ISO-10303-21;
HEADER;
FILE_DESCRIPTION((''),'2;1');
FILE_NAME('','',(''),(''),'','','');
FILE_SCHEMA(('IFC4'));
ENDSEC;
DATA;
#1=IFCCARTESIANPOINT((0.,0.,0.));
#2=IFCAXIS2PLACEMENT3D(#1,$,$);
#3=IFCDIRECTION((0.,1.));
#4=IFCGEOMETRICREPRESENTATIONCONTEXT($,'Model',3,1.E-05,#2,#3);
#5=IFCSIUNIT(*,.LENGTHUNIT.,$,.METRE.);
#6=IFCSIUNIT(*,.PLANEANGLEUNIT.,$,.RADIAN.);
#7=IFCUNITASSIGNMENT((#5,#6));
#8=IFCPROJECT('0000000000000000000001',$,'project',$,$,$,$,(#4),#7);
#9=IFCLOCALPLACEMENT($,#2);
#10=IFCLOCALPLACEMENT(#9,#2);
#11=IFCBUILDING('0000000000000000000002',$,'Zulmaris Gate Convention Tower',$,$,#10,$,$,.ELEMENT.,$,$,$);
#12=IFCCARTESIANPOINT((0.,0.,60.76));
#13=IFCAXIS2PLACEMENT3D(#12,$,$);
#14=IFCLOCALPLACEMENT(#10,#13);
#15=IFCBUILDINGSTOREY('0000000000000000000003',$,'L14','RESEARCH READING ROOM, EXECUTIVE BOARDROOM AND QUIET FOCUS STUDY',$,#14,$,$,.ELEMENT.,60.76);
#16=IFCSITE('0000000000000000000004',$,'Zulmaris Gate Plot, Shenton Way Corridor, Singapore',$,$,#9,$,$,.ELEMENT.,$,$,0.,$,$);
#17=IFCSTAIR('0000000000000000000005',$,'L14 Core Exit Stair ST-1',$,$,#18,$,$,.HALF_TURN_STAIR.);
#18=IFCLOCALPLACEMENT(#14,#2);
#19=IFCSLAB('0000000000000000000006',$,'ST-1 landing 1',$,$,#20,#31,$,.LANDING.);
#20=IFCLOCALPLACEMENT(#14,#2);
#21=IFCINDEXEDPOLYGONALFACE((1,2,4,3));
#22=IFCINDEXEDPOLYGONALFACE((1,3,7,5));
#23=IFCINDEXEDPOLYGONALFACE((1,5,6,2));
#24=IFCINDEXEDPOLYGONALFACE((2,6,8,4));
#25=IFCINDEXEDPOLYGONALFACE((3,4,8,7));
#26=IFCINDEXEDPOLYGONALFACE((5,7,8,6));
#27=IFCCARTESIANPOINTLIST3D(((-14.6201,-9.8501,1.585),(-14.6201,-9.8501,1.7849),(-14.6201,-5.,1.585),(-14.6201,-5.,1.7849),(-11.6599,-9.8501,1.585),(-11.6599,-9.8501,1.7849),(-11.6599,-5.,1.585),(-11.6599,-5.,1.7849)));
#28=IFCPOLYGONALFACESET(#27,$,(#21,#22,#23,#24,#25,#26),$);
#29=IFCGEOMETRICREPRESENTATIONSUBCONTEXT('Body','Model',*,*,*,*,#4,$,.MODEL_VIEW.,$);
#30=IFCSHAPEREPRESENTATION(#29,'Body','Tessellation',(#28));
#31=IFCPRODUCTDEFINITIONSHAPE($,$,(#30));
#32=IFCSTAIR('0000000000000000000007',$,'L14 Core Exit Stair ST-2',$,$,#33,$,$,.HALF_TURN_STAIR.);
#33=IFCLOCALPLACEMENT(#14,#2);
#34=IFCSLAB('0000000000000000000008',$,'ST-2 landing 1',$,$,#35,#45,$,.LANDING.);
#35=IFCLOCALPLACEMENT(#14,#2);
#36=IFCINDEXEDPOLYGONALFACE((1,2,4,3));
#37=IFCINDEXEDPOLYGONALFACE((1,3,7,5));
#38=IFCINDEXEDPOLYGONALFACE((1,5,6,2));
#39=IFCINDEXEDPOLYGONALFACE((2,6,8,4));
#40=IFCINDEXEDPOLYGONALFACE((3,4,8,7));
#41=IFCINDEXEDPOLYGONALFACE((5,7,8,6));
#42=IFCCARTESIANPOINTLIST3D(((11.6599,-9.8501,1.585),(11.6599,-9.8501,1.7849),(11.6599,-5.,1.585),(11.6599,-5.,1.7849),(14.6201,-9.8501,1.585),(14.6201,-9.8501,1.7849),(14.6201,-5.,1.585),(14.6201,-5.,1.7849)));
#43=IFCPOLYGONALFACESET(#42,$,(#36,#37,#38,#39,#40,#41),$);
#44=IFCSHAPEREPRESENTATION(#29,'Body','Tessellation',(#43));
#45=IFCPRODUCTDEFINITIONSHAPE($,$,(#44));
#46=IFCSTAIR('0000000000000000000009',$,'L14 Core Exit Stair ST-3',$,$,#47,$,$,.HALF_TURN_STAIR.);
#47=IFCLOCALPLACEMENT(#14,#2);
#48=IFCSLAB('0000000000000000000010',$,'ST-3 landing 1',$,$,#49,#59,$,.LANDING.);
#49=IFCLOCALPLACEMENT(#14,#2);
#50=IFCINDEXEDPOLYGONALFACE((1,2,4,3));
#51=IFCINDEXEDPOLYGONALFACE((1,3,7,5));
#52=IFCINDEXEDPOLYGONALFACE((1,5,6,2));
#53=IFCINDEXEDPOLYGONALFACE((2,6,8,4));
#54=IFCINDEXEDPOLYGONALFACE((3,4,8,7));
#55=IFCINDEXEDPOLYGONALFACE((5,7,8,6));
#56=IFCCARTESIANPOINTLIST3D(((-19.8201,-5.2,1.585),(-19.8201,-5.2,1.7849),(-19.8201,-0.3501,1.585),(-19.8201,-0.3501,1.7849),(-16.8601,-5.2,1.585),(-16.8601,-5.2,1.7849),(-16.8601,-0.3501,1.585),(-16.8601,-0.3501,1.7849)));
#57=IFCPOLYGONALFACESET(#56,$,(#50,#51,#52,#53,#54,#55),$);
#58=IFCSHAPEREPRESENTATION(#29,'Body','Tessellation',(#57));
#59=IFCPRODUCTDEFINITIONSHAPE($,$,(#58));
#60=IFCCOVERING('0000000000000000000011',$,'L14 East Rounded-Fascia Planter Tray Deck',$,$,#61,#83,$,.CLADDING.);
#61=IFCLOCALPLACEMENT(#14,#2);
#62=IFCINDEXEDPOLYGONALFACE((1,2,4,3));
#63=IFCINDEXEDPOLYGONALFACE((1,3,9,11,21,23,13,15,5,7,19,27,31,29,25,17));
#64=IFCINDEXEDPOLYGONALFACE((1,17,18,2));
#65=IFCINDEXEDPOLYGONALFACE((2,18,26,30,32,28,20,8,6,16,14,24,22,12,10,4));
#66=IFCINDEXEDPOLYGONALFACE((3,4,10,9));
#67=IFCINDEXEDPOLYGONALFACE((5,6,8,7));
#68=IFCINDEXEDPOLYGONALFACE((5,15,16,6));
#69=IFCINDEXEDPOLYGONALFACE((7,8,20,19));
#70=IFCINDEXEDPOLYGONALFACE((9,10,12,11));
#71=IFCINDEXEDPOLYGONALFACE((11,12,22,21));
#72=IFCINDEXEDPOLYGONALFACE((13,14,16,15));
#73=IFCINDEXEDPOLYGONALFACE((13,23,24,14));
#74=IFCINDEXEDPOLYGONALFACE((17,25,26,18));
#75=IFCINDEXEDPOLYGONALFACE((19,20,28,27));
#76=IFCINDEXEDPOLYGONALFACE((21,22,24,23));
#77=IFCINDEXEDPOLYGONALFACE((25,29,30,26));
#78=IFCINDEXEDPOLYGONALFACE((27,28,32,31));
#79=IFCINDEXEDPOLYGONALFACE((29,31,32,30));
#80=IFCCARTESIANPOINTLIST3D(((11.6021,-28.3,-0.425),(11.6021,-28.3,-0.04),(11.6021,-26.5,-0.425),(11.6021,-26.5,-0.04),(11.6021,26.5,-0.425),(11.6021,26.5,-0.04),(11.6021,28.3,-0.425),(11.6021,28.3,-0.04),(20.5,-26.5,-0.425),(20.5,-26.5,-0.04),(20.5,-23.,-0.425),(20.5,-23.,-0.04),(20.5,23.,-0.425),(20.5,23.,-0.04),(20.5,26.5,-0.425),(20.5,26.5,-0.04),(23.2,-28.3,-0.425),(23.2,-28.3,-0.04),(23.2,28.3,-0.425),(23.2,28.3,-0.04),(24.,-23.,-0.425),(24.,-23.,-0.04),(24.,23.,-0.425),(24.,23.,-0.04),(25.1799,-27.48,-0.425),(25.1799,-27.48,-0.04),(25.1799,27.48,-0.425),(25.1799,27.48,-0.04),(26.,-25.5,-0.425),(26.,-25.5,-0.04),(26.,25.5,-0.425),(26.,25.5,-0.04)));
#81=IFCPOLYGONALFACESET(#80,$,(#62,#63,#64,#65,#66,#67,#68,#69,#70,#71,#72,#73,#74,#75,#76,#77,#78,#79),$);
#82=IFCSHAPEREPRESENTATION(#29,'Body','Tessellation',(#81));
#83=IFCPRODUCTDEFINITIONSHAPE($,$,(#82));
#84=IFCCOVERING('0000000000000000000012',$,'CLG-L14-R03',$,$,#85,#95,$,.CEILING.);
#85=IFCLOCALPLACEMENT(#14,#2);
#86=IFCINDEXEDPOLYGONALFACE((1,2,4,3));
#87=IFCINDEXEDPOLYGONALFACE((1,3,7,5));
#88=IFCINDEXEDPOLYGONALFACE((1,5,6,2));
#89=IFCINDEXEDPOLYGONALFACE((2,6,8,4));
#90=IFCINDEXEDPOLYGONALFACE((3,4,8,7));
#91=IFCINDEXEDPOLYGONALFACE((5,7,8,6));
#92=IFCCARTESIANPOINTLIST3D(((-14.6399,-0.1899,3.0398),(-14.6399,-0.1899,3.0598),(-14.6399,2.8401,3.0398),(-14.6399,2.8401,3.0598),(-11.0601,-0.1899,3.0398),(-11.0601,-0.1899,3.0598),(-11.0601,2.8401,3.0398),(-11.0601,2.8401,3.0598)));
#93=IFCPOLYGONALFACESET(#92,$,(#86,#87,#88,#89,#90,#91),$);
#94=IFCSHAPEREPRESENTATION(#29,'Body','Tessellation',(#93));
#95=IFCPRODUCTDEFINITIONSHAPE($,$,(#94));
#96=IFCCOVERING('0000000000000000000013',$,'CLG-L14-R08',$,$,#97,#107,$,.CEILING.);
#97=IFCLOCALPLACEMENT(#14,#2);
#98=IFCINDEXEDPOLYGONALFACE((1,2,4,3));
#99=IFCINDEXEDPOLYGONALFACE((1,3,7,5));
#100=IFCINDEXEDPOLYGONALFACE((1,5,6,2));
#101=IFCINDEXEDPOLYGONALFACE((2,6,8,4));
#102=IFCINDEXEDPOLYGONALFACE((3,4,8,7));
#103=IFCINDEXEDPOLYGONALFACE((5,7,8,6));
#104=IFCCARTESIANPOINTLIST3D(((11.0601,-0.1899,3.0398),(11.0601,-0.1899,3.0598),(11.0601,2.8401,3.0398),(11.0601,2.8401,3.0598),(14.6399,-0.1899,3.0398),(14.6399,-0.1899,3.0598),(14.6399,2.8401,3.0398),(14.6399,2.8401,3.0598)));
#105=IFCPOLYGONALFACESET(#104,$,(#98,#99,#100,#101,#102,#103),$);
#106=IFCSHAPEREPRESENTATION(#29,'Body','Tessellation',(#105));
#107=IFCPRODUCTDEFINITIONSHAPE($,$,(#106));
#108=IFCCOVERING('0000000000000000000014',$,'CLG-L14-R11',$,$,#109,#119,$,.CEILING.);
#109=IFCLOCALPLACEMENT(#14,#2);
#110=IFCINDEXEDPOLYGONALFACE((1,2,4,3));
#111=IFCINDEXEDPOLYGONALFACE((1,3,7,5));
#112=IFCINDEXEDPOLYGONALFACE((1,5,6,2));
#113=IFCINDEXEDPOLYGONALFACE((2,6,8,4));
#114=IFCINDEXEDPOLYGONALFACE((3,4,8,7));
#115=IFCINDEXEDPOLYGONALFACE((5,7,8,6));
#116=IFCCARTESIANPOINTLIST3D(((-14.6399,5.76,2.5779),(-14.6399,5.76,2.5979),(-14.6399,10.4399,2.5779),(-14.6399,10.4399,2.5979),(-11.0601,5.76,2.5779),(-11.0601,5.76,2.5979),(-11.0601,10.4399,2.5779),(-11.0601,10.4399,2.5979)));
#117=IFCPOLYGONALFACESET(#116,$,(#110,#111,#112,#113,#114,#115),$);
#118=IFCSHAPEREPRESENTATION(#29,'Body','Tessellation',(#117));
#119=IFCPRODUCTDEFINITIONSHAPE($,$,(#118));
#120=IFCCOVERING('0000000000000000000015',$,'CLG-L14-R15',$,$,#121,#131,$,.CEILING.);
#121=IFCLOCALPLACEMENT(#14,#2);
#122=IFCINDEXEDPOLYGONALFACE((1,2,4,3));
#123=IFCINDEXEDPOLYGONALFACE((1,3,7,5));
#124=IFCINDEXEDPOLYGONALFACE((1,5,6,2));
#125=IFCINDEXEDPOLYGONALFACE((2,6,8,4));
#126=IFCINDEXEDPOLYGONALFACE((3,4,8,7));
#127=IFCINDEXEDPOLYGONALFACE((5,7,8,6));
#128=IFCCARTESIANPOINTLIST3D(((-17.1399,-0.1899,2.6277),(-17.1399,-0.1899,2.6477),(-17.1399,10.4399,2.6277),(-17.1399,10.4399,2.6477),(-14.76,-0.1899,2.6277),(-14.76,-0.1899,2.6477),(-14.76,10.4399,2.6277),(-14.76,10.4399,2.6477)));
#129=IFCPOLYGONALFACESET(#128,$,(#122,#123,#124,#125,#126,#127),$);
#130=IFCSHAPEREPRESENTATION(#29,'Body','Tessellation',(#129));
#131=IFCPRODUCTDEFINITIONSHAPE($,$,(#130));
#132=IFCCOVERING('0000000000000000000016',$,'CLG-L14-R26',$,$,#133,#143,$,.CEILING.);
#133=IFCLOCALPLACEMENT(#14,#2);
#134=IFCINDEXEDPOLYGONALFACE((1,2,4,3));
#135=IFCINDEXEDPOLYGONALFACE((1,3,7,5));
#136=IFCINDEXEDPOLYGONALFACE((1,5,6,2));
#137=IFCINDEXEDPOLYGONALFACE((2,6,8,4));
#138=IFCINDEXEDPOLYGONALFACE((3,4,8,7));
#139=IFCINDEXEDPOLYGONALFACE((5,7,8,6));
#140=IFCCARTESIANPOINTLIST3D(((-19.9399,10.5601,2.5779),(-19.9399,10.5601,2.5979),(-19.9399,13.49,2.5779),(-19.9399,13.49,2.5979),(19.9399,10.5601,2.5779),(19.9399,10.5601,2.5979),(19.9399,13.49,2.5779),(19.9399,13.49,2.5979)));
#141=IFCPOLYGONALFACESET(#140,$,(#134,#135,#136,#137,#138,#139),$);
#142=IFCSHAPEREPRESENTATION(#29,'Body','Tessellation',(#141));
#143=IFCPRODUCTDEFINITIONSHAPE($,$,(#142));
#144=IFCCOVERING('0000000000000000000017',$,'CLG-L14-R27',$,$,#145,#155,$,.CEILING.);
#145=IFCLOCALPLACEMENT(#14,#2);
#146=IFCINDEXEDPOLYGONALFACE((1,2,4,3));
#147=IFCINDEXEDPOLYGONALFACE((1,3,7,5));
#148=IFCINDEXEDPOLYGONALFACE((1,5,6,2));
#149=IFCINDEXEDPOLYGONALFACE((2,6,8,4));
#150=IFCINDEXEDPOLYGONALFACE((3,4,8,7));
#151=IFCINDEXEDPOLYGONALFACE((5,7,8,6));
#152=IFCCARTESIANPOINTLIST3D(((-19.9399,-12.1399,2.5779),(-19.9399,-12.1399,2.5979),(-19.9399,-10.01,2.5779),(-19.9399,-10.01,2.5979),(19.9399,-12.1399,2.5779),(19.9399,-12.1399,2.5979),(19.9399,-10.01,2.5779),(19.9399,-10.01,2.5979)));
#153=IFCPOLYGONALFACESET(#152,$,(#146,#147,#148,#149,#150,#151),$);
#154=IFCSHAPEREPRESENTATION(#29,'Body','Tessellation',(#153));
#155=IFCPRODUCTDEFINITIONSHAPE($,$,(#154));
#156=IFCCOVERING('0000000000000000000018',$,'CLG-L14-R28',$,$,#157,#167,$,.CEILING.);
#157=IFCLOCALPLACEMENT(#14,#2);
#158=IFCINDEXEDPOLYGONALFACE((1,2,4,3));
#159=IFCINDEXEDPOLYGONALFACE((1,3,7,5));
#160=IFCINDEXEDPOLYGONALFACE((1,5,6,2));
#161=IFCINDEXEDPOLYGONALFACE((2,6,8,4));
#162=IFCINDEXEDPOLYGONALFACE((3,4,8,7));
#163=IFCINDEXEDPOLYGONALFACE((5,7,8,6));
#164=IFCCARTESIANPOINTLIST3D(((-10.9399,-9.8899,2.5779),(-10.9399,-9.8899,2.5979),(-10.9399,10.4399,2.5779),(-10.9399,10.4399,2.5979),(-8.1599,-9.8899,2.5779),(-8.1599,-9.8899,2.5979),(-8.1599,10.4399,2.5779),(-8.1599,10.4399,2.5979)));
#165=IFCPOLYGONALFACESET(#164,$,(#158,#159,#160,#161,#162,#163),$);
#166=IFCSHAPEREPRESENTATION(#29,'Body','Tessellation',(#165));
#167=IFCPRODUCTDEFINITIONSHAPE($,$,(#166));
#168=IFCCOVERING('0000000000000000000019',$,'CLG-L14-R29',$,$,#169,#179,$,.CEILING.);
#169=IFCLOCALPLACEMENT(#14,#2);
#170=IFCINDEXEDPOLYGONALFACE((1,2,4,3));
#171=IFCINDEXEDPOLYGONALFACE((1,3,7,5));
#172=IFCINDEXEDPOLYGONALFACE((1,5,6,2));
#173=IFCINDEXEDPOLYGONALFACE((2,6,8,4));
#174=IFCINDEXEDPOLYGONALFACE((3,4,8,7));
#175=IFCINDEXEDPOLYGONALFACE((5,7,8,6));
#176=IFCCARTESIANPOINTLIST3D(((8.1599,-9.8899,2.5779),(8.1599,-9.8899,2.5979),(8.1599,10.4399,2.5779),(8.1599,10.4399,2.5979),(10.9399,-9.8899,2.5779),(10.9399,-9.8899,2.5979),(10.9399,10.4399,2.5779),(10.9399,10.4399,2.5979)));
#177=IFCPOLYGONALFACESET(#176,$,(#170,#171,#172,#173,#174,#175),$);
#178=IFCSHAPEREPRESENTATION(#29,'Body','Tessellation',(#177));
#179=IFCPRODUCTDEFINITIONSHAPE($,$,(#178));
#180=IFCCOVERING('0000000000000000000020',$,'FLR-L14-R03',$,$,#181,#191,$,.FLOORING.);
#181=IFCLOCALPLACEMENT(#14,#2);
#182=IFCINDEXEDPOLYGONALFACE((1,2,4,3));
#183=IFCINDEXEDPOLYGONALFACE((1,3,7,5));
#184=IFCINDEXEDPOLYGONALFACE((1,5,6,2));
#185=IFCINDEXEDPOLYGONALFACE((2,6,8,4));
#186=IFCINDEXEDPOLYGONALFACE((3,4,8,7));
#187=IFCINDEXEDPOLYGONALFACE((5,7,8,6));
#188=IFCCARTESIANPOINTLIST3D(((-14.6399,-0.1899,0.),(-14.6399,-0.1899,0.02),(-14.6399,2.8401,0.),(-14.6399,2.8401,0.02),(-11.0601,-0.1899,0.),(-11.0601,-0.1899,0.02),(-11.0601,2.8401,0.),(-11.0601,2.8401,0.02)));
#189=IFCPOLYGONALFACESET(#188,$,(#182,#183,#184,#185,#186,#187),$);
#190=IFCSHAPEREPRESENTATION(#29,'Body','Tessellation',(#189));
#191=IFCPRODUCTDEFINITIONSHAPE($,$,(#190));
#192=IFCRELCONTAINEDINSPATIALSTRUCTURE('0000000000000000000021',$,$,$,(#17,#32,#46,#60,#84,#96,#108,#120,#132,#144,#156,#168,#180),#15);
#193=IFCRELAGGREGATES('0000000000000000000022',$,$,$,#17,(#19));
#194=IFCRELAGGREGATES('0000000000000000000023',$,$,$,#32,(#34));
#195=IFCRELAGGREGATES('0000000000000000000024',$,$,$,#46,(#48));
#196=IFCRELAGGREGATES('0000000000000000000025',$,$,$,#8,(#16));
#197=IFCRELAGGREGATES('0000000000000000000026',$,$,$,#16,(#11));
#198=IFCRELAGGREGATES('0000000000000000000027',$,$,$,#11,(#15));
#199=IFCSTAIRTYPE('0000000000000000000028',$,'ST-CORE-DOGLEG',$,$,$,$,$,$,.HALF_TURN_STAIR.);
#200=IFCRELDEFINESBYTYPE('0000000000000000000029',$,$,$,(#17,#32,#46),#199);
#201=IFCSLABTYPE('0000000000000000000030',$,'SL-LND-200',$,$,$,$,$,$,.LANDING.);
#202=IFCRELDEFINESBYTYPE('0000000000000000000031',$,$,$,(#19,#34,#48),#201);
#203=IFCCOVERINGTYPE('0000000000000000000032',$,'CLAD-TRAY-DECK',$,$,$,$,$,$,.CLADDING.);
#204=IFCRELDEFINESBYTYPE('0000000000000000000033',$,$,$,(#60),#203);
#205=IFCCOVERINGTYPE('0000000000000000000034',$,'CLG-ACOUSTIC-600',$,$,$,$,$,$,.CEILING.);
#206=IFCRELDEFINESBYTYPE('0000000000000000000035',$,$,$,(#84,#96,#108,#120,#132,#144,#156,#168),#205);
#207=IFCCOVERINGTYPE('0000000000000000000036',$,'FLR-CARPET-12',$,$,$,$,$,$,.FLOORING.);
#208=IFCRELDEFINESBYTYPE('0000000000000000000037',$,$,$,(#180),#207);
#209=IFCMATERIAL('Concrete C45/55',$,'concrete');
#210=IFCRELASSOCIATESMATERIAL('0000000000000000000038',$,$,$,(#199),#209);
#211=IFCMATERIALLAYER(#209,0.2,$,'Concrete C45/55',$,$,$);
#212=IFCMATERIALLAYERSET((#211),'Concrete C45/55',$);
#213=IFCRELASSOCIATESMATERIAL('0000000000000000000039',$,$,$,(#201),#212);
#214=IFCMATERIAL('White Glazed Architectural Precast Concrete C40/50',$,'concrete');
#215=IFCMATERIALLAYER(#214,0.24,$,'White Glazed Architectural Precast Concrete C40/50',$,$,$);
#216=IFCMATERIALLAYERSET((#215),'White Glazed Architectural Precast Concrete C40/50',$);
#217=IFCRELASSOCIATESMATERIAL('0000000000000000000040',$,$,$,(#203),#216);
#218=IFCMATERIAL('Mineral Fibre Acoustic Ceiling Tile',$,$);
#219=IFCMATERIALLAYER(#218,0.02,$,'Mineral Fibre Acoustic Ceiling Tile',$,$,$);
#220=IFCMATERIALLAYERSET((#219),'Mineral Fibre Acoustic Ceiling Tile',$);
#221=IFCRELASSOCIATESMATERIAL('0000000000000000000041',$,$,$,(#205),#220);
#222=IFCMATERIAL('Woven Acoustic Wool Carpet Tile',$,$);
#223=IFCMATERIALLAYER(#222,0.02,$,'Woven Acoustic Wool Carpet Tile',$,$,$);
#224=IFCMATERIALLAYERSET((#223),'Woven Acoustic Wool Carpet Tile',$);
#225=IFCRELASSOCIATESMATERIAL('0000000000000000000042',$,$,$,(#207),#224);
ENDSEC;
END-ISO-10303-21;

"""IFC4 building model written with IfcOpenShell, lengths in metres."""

from ifc_helpers import new_model, si_unit, direction, frame, origin, place, context, subcontext, project, spatial, polyline, outline, extrude, material, layer, layer_set, type_object, element, aggregate, save


model = new_model("IFC4")

# Units and contexts
model_context = context("Model", 3, precision=1e-05, world=origin(), true_north=direction((0.0, 1.0)))
body_context = subcontext(model_context, "Body", "Model", "MODEL_VIEW")
ifc_project = project(units=[si_unit("LENGTHUNIT", "METRE"), si_unit("PLANEANGLEUNIT", "RADIAN")], contexts=[model_context])

# Site, building, storey
site_placement = place(None, origin())
site = spatial("IfcSite", under=ifc_project, at=site_placement, Name="Zulmaris Gate Plot, Shenton Way Corridor, Singapore", CompositionType="ELEMENT", RefElevation=0.0)
building_placement = place(site_placement, origin())
building = spatial("IfcBuilding", under=site, at=building_placement, Name="Zulmaris Gate Convention Tower", CompositionType="ELEMENT")
storey_placement = place(building_placement, frame((0.0, 0.0, 60.76)))
storey = spatial("IfcBuildingStorey", under=building, at=storey_placement, Name="L14", Description="RESEARCH READING ROOM, EXECUTIVE BOARDROOM AND QUIET FOCUS STUDY", CompositionType="ELEMENT", Elevation=60.76)

# Stairs, slabs
ifc_material_1 = material(Name="Concrete C45/55", Category="concrete")
stair_type = type_object("IfcStairType", Name="ST-CORE-DOGLEG", PredefinedType="HALF_TURN_STAIR", material=ifc_material_1)
stair_1_placement = place(storey_placement, origin())
stair_1 = element("IfcStair", 1, at=stair_1_placement, inside=storey, type_object=stair_type, Name="L14 Core Exit Stair ST-1", PredefinedType="HALF_TURN_STAIR")
ifc_layer_1 = layer(ifc_material_1, 0.2, Name="Concrete C45/55")
ifc_layer_set_1 = layer_set([ifc_layer_1], Name="Concrete C45/55")
slab_type = type_object("IfcSlabType", Name="SL-LND-200", PredefinedType="LANDING", material=ifc_layer_set_1)
slab_1_placement = place(storey_placement, frame((0.0, 0.0, 1.585)))
slab_1 = element("IfcSlab", 2, at=slab_1_placement, type_object=slab_type, Name="ST-1 landing 1", PredefinedType="LANDING", context=body_context, shape_type="SweptSolid", body=[
    extrude(outline(polyline([(-14.6201, -5.0), (-14.6201, -9.8501), (-11.6599, -9.8501), (-11.6599, -5.0), (-14.6201, -5.0)])), origin(), (0.0, 0.0, 1.0), 0.2),
])
aggregate(stair_1, [slab_1])
stair_2_placement = place(storey_placement, origin())
stair_2 = element("IfcStair", 3, at=stair_2_placement, inside=storey, type_object=stair_type, Name="L14 Core Exit Stair ST-2", PredefinedType="HALF_TURN_STAIR")
slab_2_placement = place(storey_placement, frame((0.0, 0.0, 1.585)))
slab_2 = element("IfcSlab", 4, at=slab_2_placement, type_object=slab_type, Name="ST-2 landing 1", PredefinedType="LANDING", context=body_context, shape_type="SweptSolid", body=[
    extrude(outline(polyline([(11.6599, -5.0), (11.6599, -9.8501), (14.6201, -9.8501), (14.6201, -5.0), (11.6599, -5.0)])), origin(), (0.0, 0.0, 1.0), 0.2),
])
aggregate(stair_2, [slab_2])
stair_3_placement = place(storey_placement, origin())
stair_3 = element("IfcStair", 5, at=stair_3_placement, inside=storey, type_object=stair_type, Name="L14 Core Exit Stair ST-3", PredefinedType="HALF_TURN_STAIR")
slab_3_placement = place(storey_placement, frame((0.0, 0.0, 1.585)))
slab_3 = element("IfcSlab", 6, at=slab_3_placement, type_object=slab_type, Name="ST-3 landing 1", PredefinedType="LANDING", context=body_context, shape_type="SweptSolid", body=[
    extrude(outline(polyline([(-16.8601, -5.2), (-16.8601, -0.3501), (-19.8201, -0.3501), (-19.8201, -5.2), (-16.8601, -5.2)])), origin(), (0.0, 0.0, 1.0), 0.2),
])
aggregate(stair_3, [slab_3])

# Coverings
ifc_material_2 = material(Name="White Glazed Architectural Precast Concrete C40/50", Category="concrete")
ifc_layer_2 = layer(ifc_material_2, 0.24, Name="White Glazed Architectural Precast Concrete C40/50")
ifc_layer_set_2 = layer_set([ifc_layer_2], Name="White Glazed Architectural Precast Concrete C40/50")
covering_type_1 = type_object("IfcCoveringType", Name="CLAD-TRAY-DECK", PredefinedType="CLADDING", material=ifc_layer_set_2)
covering_1_placement = place(storey_placement, frame((0.0, 0.0, -0.425)))
element("IfcCovering", 7, at=covering_1_placement, inside=storey, type_object=covering_type_1, Name="L14 East Rounded-Fascia Planter Tray Deck", PredefinedType="CLADDING", context=body_context, shape_type="SweptSolid", body=[
    extrude(outline(polyline([(23.2, 28.3), (25.1799, 27.48), (26.0, 25.5), (26.0, -25.5), (25.1799, -27.48), (23.2, -28.3), (11.6021, -28.3), (11.6021, -26.5), (20.5, -26.5), (20.5, -23.0), (24.0, -23.0), (24.0, 23.0), (20.5, 23.0), (20.5, 26.5), (11.6021, 26.5), (11.6021, 28.3), (23.2, 28.3)])), origin(), (0.0, 0.0, 1.0), 0.385),
])
ifc_material_3 = material(Name="Mineral Fibre Acoustic Ceiling Tile")
ifc_layer_3 = layer(ifc_material_3, 0.02, Name="Mineral Fibre Acoustic Ceiling Tile")
ifc_layer_set_3 = layer_set([ifc_layer_3], Name="Mineral Fibre Acoustic Ceiling Tile")
covering_type_2 = type_object("IfcCoveringType", Name="CLG-ACOUSTIC-600", PredefinedType="CEILING", material=ifc_layer_set_3)
covering_2_placement = place(storey_placement, frame((0.0, 0.0, 3.0398)))
element("IfcCovering", 8, at=covering_2_placement, inside=storey, type_object=covering_type_2, Name="CLG-L14-R03", PredefinedType="CEILING", context=body_context, shape_type="SweptSolid", body=[
    extrude(outline(polyline([(-14.6399, -0.1899), (-11.0601, -0.1899), (-11.0601, 2.8401), (-14.6399, 2.8401), (-14.6399, -0.1899)])), origin(), (0.0, 0.0, 1.0), 0.02),
])
covering_3_placement = place(storey_placement, frame((0.0, 0.0, 3.0398)))
element("IfcCovering", 9, at=covering_3_placement, inside=storey, type_object=covering_type_2, Name="CLG-L14-R08", PredefinedType="CEILING", context=body_context, shape_type="SweptSolid", body=[
    extrude(outline(polyline([(11.0601, -0.1899), (14.6399, -0.1899), (14.6399, 2.8401), (11.0601, 2.8401), (11.0601, -0.1899)])), origin(), (0.0, 0.0, 1.0), 0.02),
])
covering_4_placement = place(storey_placement, frame((0.0, 0.0, 2.5779)))
element("IfcCovering", 10, at=covering_4_placement, inside=storey, type_object=covering_type_2, Name="CLG-L14-R11", PredefinedType="CEILING", context=body_context, shape_type="SweptSolid", body=[
    extrude(outline(polyline([(-14.6399, 5.76), (-11.0601, 5.76), (-11.0601, 10.4399), (-14.6399, 10.4399), (-14.6399, 5.76)])), origin(), (0.0, 0.0, 1.0), 0.02),
])
covering_5_placement = place(storey_placement, frame((0.0, 0.0, 2.6277)))
element("IfcCovering", 11, at=covering_5_placement, inside=storey, type_object=covering_type_2, Name="CLG-L14-R15", PredefinedType="CEILING", context=body_context, shape_type="SweptSolid", body=[
    extrude(outline(polyline([(-17.1399, -0.1899), (-14.76, -0.1899), (-14.76, 10.4399), (-17.1399, 10.4399), (-17.1399, -0.1899)])), origin(), (0.0, 0.0, 1.0), 0.02),
])
covering_6_placement = place(storey_placement, frame((0.0, 0.0, 2.5779)))
element("IfcCovering", 12, at=covering_6_placement, inside=storey, type_object=covering_type_2, Name="CLG-L14-R26", PredefinedType="CEILING", context=body_context, shape_type="SweptSolid", body=[
    extrude(outline(polyline([(-19.9399, 10.5601), (19.9399, 10.5601), (19.9399, 13.49), (-19.9399, 13.49), (-19.9399, 10.5601)])), origin(), (0.0, 0.0, 1.0), 0.02),
])
covering_7_placement = place(storey_placement, frame((0.0, 0.0, 2.5779)))
element("IfcCovering", 13, at=covering_7_placement, inside=storey, type_object=covering_type_2, Name="CLG-L14-R27", PredefinedType="CEILING", context=body_context, shape_type="SweptSolid", body=[
    extrude(outline(polyline([(-19.9399, -12.1399), (19.9399, -12.1399), (19.9399, -10.01), (-19.9399, -10.01), (-19.9399, -12.1399)])), origin(), (0.0, 0.0, 1.0), 0.02),
])
covering_8_placement = place(storey_placement, frame((0.0, 0.0, 2.5779)))
element("IfcCovering", 14, at=covering_8_placement, inside=storey, type_object=covering_type_2, Name="CLG-L14-R28", PredefinedType="CEILING", context=body_context, shape_type="SweptSolid", body=[
    extrude(outline(polyline([(-10.9399, -9.8899), (-8.1599, -9.8899), (-8.1599, 10.4399), (-10.9399, 10.4399), (-10.9399, -9.8899)])), origin(), (0.0, 0.0, 1.0), 0.02),
])
covering_9_placement = place(storey_placement, frame((0.0, 0.0, 2.5779)))
element("IfcCovering", 15, at=covering_9_placement, inside=storey, type_object=covering_type_2, Name="CLG-L14-R29", PredefinedType="CEILING", context=body_context, shape_type="SweptSolid", body=[
    extrude(outline(polyline([(8.1599, -9.8899), (10.9399, -9.8899), (10.9399, 10.4399), (8.1599, 10.4399), (8.1599, -9.8899)])), origin(), (0.0, 0.0, 1.0), 0.02),
])
ifc_material_4 = material(Name="Woven Acoustic Wool Carpet Tile")
ifc_layer_4 = layer(ifc_material_4, 0.02, Name="Woven Acoustic Wool Carpet Tile")
ifc_layer_set_4 = layer_set([ifc_layer_4], Name="Woven Acoustic Wool Carpet Tile")
covering_type_3 = type_object("IfcCoveringType", Name="FLR-CARPET-12", PredefinedType="FLOORING", material=ifc_layer_set_4)
covering_10_placement = place(storey_placement, origin())
element("IfcCovering", 16, at=covering_10_placement, inside=storey, type_object=covering_type_3, Name="FLR-L14-R03", PredefinedType="FLOORING", context=body_context, shape_type="SweptSolid", body=[
    extrude(outline(polyline([(-14.6399, -0.1899), (-11.0601, -0.1899), (-11.0601, 2.8401), (-14.6399, 2.8401), (-14.6399, -0.1899)])), origin(), (0.0, 0.0, 1.0), 0.02),
])

save(model, "model.ifc")
